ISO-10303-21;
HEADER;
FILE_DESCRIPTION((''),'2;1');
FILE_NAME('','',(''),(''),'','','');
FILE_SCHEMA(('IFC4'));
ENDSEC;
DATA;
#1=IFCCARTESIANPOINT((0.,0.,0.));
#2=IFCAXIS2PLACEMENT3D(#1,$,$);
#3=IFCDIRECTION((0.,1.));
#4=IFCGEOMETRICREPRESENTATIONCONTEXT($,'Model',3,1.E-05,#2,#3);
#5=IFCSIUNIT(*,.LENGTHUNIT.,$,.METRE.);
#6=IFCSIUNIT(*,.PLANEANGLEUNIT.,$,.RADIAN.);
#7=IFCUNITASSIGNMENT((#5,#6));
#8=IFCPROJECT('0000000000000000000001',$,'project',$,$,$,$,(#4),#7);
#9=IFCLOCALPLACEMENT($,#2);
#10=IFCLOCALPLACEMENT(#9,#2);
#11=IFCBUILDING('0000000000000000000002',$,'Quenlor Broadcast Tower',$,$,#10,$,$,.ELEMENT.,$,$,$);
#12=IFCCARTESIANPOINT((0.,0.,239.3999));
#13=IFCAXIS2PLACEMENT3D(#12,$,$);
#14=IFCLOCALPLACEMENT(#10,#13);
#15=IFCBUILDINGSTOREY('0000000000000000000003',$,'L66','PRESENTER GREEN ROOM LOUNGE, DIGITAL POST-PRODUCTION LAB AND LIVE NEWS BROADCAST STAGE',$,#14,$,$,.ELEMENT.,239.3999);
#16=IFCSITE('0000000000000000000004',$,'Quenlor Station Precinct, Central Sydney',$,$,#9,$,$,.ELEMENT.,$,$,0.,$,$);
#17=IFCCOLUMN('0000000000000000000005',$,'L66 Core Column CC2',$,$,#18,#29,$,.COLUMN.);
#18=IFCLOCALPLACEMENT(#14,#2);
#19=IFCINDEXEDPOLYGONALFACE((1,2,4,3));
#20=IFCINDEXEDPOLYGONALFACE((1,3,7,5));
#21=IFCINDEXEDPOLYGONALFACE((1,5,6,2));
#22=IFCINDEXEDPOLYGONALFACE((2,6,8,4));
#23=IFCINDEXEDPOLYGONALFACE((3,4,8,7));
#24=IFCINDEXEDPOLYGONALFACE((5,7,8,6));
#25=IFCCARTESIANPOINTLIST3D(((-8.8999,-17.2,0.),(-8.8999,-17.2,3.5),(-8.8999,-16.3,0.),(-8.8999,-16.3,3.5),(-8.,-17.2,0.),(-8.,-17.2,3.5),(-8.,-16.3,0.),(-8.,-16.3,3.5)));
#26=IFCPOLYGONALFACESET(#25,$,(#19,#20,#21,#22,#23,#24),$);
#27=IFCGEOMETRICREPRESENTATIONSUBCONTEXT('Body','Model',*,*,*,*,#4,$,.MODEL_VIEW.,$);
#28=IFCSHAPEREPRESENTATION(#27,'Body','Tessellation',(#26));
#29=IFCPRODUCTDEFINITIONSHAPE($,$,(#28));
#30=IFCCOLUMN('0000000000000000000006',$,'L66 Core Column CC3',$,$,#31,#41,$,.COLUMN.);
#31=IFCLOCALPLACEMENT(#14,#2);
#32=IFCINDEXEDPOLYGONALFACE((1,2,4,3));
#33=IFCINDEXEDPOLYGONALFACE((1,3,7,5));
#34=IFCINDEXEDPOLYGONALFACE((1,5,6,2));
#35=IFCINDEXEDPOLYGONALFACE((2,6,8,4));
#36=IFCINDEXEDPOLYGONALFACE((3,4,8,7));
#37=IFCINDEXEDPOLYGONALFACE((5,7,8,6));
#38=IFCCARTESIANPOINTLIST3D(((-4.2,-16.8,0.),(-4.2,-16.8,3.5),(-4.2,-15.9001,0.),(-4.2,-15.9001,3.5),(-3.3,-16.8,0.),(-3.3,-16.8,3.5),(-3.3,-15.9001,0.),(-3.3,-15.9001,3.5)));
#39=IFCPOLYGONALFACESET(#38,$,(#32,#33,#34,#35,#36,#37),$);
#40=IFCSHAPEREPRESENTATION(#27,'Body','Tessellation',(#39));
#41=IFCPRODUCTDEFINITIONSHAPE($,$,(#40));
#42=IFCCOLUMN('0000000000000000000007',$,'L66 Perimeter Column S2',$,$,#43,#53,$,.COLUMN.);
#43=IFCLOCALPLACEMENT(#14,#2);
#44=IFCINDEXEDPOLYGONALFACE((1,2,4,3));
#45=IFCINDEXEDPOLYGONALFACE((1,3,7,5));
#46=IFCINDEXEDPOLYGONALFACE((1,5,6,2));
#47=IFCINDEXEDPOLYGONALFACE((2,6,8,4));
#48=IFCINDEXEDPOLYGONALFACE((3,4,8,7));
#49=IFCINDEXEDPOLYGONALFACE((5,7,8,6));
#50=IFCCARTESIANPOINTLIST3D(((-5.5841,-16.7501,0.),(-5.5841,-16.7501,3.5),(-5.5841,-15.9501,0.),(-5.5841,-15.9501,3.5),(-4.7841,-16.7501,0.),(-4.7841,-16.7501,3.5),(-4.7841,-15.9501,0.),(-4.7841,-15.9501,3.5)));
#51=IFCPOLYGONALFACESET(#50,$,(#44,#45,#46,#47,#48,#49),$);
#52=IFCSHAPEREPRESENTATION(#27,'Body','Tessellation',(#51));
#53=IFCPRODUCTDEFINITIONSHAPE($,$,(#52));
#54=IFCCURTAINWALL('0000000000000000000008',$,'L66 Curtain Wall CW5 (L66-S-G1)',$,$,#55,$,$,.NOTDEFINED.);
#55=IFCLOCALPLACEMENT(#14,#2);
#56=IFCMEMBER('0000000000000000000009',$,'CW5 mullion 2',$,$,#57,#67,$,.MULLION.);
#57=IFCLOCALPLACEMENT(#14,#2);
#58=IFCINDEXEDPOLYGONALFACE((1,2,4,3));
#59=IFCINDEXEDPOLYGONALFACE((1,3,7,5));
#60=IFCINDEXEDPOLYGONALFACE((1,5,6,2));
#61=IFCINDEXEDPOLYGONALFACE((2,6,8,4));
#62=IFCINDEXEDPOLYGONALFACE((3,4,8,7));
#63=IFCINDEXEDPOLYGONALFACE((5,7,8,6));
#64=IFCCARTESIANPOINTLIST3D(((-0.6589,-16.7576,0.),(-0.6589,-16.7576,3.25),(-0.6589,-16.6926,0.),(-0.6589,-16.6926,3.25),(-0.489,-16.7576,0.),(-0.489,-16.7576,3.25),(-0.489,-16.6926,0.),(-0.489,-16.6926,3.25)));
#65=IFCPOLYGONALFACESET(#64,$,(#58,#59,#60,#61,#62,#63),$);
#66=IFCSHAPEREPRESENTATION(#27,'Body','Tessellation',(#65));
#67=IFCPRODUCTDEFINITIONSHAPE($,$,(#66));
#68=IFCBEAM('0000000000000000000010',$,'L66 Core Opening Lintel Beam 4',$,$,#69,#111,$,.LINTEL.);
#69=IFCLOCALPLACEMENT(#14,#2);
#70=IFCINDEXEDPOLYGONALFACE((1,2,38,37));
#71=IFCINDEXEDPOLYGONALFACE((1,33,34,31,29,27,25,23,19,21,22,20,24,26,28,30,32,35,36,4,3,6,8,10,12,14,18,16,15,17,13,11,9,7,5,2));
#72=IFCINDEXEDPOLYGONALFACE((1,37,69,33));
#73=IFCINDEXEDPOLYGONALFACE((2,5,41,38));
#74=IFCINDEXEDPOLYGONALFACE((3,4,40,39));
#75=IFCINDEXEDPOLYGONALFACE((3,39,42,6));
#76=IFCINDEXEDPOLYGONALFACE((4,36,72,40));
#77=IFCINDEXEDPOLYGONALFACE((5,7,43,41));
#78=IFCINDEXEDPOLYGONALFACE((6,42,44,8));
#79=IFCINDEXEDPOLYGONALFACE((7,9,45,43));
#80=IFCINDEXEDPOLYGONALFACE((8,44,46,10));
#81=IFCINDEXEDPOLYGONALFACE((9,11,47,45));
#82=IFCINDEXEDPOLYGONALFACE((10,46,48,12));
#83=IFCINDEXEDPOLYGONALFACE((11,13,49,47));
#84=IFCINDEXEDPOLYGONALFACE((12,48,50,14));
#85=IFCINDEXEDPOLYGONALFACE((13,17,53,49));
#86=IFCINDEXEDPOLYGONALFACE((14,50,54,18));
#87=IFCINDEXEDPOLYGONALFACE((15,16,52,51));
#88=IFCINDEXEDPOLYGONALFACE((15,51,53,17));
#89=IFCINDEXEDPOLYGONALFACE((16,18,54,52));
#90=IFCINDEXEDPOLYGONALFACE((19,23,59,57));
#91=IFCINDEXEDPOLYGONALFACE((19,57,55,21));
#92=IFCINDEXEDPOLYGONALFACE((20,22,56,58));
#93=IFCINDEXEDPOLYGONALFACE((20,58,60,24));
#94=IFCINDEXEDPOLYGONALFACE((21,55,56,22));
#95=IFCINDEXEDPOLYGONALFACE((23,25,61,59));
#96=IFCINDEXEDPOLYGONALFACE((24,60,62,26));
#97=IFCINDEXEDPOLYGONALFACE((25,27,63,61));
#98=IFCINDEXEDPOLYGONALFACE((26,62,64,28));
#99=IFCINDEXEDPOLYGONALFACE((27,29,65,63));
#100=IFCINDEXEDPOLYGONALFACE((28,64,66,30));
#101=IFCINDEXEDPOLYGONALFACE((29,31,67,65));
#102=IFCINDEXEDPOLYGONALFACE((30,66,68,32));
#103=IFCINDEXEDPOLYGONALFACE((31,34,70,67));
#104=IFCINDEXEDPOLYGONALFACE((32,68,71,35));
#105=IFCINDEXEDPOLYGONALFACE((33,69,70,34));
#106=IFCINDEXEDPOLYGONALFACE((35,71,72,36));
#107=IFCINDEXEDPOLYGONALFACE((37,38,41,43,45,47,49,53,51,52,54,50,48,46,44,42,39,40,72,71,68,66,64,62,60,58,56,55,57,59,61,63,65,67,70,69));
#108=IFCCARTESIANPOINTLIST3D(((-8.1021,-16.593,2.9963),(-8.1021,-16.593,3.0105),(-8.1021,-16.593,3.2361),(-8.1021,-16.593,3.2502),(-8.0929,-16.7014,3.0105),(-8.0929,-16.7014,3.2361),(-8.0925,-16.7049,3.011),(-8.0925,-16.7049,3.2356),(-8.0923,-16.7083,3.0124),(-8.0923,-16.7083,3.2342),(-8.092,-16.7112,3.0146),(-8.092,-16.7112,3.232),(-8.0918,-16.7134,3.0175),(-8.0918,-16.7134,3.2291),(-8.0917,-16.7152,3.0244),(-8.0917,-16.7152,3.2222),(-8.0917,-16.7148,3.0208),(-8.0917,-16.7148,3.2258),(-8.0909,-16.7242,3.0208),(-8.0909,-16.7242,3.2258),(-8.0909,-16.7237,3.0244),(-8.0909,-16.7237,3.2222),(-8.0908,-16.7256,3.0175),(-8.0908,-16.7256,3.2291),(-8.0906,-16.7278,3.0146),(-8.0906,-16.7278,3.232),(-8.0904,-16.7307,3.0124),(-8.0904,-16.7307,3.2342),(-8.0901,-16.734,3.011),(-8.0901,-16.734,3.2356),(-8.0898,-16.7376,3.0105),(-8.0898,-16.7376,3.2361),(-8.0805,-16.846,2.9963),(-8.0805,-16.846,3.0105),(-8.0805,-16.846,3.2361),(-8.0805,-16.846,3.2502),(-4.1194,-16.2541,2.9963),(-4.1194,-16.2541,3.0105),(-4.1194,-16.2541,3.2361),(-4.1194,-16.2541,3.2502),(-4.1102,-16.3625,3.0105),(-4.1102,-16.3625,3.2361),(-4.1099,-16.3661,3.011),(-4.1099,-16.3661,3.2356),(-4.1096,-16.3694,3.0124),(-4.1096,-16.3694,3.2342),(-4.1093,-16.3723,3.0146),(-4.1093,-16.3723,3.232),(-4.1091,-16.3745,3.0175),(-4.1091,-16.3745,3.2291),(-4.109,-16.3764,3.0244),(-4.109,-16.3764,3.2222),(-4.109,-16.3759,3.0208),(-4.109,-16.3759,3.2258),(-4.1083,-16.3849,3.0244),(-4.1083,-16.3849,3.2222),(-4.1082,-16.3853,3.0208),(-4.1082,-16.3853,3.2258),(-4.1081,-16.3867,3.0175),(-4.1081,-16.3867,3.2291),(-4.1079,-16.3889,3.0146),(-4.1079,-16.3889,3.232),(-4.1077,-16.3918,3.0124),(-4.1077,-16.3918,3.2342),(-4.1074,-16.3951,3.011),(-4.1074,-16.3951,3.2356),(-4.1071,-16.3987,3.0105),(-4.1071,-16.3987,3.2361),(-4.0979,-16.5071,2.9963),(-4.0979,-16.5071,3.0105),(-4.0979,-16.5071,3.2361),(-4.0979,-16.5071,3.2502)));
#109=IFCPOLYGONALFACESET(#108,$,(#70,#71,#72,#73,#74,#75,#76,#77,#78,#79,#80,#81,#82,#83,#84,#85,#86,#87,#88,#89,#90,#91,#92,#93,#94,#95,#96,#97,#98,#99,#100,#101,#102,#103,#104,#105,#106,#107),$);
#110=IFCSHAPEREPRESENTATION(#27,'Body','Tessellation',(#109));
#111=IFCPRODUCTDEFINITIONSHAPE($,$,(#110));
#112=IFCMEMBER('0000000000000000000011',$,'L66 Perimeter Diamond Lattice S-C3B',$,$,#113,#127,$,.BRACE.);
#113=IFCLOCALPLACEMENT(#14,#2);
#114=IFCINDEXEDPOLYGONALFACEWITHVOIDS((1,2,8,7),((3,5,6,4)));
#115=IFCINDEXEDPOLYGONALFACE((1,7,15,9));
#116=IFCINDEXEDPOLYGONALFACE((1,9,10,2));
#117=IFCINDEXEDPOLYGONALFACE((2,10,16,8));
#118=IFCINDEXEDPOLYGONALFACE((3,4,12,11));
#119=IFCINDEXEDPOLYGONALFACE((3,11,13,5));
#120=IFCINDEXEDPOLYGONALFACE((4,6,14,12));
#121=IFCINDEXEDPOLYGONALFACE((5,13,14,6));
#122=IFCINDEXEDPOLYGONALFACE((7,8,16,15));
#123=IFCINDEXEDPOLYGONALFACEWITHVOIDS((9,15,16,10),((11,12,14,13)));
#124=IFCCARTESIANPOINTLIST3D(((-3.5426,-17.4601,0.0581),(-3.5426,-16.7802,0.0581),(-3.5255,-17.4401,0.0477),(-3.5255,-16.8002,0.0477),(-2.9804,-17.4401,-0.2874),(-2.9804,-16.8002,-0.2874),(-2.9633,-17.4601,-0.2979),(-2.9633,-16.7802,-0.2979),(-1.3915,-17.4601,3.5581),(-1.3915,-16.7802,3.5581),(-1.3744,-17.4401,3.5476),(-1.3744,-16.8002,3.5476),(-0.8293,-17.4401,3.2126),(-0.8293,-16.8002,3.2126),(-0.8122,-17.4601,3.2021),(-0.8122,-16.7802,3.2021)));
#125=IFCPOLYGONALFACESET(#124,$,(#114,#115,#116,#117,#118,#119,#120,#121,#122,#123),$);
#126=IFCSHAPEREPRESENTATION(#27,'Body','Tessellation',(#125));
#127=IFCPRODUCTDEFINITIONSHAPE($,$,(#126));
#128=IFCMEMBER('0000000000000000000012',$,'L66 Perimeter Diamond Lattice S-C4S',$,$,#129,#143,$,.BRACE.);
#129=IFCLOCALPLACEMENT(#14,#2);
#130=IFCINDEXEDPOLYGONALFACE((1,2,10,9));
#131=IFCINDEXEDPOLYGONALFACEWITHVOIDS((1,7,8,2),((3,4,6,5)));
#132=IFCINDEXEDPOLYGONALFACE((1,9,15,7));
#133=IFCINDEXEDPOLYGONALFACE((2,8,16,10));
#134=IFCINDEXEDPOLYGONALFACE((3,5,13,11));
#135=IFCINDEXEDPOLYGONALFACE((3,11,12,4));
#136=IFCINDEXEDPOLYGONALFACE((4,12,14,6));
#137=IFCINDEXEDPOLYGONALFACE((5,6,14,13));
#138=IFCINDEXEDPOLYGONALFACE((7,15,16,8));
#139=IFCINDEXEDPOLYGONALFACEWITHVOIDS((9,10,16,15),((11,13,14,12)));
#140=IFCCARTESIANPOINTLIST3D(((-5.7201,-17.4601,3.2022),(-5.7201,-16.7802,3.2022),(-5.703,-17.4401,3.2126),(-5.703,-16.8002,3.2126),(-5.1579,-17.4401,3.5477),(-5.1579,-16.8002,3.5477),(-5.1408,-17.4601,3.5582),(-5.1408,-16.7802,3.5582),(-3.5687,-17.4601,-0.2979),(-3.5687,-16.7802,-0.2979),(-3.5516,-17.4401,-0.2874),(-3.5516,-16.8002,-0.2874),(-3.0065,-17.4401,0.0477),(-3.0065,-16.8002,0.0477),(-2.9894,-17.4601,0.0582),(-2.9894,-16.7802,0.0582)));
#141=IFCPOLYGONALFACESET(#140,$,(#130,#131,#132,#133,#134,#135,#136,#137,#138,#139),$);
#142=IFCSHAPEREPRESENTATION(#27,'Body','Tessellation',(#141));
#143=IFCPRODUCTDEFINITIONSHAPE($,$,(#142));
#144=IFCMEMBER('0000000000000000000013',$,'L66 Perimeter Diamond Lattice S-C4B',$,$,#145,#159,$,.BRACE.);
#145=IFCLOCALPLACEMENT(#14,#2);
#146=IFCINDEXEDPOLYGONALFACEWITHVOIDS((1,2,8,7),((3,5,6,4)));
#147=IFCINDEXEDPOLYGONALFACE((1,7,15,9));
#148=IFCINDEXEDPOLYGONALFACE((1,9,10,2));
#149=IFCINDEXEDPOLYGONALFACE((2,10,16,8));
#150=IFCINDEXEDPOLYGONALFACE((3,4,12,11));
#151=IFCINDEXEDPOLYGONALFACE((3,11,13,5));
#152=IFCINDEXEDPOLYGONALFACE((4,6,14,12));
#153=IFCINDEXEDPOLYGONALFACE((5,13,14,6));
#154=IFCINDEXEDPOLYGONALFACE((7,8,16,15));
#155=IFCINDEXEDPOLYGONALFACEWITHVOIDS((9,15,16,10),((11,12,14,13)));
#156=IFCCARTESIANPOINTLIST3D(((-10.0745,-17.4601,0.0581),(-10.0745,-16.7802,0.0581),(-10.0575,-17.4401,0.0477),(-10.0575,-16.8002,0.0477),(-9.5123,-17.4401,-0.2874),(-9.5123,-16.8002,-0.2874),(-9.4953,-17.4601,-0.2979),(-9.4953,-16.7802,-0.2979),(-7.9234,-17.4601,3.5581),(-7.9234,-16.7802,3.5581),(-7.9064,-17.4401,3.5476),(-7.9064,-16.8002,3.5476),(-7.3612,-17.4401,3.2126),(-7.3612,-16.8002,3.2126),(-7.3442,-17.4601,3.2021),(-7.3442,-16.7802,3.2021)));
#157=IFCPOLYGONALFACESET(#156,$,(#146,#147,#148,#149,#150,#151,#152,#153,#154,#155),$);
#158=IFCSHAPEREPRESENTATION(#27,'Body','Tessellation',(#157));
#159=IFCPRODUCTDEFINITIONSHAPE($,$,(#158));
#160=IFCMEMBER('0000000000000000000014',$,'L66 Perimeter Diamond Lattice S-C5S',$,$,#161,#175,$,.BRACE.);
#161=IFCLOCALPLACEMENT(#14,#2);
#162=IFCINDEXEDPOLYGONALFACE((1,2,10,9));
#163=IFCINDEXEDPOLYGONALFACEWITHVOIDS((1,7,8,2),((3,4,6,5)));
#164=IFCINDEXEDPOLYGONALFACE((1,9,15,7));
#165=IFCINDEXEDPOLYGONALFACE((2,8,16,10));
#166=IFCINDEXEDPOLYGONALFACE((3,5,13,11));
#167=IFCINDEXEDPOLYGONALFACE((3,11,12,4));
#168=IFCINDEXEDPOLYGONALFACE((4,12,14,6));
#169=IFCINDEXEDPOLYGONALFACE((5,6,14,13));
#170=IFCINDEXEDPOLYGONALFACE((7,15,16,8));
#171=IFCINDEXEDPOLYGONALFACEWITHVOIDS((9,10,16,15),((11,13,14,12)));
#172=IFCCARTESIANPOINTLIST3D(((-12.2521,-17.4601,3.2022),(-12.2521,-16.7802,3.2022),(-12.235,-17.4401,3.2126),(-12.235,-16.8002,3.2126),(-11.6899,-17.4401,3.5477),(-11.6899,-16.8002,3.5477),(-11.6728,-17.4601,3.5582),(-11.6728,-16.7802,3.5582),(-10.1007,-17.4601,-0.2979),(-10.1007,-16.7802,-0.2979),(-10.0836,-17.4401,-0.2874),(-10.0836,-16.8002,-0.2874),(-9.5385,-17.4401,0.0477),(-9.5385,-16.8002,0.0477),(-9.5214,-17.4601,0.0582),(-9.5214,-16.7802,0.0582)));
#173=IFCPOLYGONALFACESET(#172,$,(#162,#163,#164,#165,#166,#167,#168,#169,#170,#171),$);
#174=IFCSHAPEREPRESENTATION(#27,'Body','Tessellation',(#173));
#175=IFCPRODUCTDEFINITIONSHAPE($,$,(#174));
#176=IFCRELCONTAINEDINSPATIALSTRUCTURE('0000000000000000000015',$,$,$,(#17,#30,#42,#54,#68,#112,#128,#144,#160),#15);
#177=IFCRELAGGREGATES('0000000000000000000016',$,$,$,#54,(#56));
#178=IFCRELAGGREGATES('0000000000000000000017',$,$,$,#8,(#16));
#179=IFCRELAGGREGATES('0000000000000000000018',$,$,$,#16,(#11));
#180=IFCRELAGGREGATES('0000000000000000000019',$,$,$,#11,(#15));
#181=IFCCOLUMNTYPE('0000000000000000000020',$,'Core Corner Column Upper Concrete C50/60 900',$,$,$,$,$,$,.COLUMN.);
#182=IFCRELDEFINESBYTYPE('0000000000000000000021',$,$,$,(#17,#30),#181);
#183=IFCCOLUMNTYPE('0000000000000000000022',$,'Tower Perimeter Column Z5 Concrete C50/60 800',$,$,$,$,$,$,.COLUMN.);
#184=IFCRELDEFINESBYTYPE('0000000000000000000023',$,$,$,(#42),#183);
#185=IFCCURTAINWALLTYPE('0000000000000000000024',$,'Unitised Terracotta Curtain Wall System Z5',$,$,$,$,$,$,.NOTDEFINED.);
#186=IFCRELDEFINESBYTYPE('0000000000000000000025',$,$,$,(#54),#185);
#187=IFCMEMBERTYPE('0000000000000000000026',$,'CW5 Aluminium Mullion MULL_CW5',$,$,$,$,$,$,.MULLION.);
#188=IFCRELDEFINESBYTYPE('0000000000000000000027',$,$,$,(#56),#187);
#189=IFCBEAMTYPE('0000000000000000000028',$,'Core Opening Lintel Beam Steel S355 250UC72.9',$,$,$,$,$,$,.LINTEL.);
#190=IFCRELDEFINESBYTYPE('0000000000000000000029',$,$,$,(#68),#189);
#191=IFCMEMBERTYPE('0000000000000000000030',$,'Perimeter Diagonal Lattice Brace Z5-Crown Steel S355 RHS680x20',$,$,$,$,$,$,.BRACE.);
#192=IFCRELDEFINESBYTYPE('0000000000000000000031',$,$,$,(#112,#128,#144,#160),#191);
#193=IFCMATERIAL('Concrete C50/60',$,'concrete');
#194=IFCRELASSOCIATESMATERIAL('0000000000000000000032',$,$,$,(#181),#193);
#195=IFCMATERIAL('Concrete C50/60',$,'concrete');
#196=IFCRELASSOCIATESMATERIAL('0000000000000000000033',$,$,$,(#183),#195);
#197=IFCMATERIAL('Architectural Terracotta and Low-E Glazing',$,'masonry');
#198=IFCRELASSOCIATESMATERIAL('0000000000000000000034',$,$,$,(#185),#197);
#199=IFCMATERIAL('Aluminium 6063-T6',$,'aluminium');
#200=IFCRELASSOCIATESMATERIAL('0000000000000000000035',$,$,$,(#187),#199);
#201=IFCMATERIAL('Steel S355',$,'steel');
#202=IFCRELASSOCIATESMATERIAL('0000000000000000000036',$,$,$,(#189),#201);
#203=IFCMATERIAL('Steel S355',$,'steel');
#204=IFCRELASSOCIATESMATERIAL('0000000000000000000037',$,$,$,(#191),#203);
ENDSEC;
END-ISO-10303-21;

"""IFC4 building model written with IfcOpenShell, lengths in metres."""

from ifc_helpers import new_model, si_unit, direction, frame, origin, origin_2d, place, context, subcontext, project, spatial, rectangle, hollow_rectangle, i_section, extrude, material, material_profile, profile_set, type_object, element, aggregate, save


model = new_model("IFC4")

# Units and contexts
model_context = context("Model", 3, precision=1e-05, world=origin(), true_north=direction((0.0, 1.0)))
body_context = subcontext(model_context, "Body", "Model", "MODEL_VIEW")
ifc_project = project(units=[si_unit("LENGTHUNIT", "METRE"), si_unit("PLANEANGLEUNIT", "RADIAN")], contexts=[model_context])

# Site, building, storey
site_placement = place(None, origin())
site = spatial("IfcSite", under=ifc_project, at=site_placement, Name="Quenlor Station Precinct, Central Sydney", CompositionType="ELEMENT", RefElevation=0.0)
building_placement = place(site_placement, origin())
building = spatial("IfcBuilding", under=site, at=building_placement, Name="Quenlor Broadcast Tower", CompositionType="ELEMENT")
storey_placement = place(building_placement, frame((0.0, 0.0, 239.3999)))
storey = spatial("IfcBuildingStorey", under=building, at=storey_placement, Name="L66", Description="PRESENTER GREEN ROOM LOUNGE, DIGITAL POST-PRODUCTION LAB AND LIVE NEWS BROADCAST STAGE", CompositionType="ELEMENT", Elevation=239.3999)

# Columns
ifc_material_1 = material(Name="Concrete C50/60", Category="concrete")
ifc_material_profile_1 = material_profile(ifc_material_1, rectangle(XDim=0.8999, YDim=0.8999, at=origin_2d()))
ifc_profile_set_1 = profile_set([ifc_material_profile_1], Name="Concrete C50/60 RC900x900")
column_type_1 = type_object("IfcColumnType", Name="Core Corner Column Upper Concrete C50/60 900", PredefinedType="COLUMN", material=ifc_profile_set_1)
for number, where, z_axis, x_axis, name in (
    (1, (-8.45, -16.75, 0.0), (0.0, 0.0, 1.0), (1.0, 0.0, 0.0), "L66 Core Column CC2"),
    (2, (-3.75, -16.3501, 0.0), (0.0, 0.0, 1.0), (1.0, 0.0, 0.0), "L66 Core Column CC3"),
):
    element("IfcColumn", number, at=place(storey_placement, frame(where, z_axis=z_axis, x_axis=x_axis)), inside=storey, type_object=column_type_1, Name=name, PredefinedType="COLUMN", context=body_context, shape_type="SweptSolid", body=[
        extrude(rectangle(XDim=0.8999, YDim=0.8999, at=origin_2d()), origin(), (0.0, 0.0, 1.0), 3.5),
    ])
ifc_material_2 = material(Name="Concrete C50/60", Category="concrete")
ifc_material_profile_2 = material_profile(ifc_material_2, rectangle(XDim=0.8, YDim=0.8, at=origin_2d()))
ifc_profile_set_2 = profile_set([ifc_material_profile_2], Name="Concrete C50/60 RC800x800")
column_type_2 = type_object("IfcColumnType", Name="Tower Perimeter Column Z5 Concrete C50/60 800", PredefinedType="COLUMN", material=ifc_profile_set_2)
column_placement = place(storey_placement, frame((-5.1841, -16.3501, 0.0), z_axis=(0.0, 0.0, 1.0), x_axis=(0.0, 1.0, 0.0)))
element("IfcColumn", 3, at=column_placement, inside=storey, type_object=column_type_2, Name="L66 Perimeter Column S2", PredefinedType="COLUMN", context=body_context, shape_type="SweptSolid", body=[
    extrude(rectangle(XDim=0.8, YDim=0.8, at=origin_2d()), origin(), (0.0, 0.0, 1.0), 3.5),
])

# Curtain wall, member
ifc_material_3 = material(Name="Architectural Terracotta and Low-E Glazing", Category="masonry")
curtain_wall_type = type_object("IfcCurtainWallType", Name="Unitised Terracotta Curtain Wall System Z5", PredefinedType="NOTDEFINED", material=ifc_material_3)
curtain_wall_placement = place(storey_placement, origin())
curtain_wall = element("IfcCurtainWall", 4, at=curtain_wall_placement, inside=storey, type_object=curtain_wall_type, Name="L66 Curtain Wall CW5 (L66-S-G1)", PredefinedType="NOTDEFINED")
ifc_material_4 = material(Name="Aluminium 6063-T6", Category="aluminium")
ifc_material_profile_3 = material_profile(ifc_material_4, rectangle(XDim=0.0649, YDim=0.1699, at=origin_2d()))
ifc_profile_set_3 = profile_set([ifc_material_profile_3], Name="Aluminium 6063-T6 MULL65x170")
member_type_1 = type_object("IfcMemberType", Name="CW5 Aluminium Mullion MULL_CW5", PredefinedType="MULLION", material=ifc_profile_set_3)
member_1_placement = place(storey_placement, frame((-0.574, -16.7251, 0.0), z_axis=(0.0, 0.0, 1.0), x_axis=(0.0, -1.0, 0.0)))
member_1 = element("IfcMember", 5, at=member_1_placement, type_object=member_type_1, Name="CW5 mullion 2", PredefinedType="MULLION", context=body_context, shape_type="SweptSolid", body=[
    extrude(rectangle(XDim=0.0649, YDim=0.1699, at=origin_2d()), origin(), (0.0, 0.0, 1.0), 3.25),
])

# Beam
ifc_material_5 = material(Name="Steel S355", Category="steel")
ifc_material_profile_4 = material_profile(ifc_material_5, i_section(OverallWidth=0.2539, OverallDepth=0.2539, WebThickness=0.0085, FlangeThickness=0.0142, FilletRadius=0.0139, at=origin_2d()))
ifc_profile_set_4 = profile_set([ifc_material_profile_4], Name="Steel S355 250UC72.9")
beam_type_1 = type_object("IfcBeamType", Name="Core Opening Lintel Beam Steel S355 250UC72.9", PredefinedType="LINTEL", material=ifc_profile_set_4)
beam_1_placement = place(storey_placement, frame((-8.0913, -16.7195, 3.1233), z_axis=(0.9964, 0.084779, 0.0), x_axis=(-0.084779, 0.9964, 0.0)))
element("IfcBeam", 6, at=beam_1_placement, inside=storey, type_object=beam_type_1, Name="L66 Core Opening Lintel Beam 4", PredefinedType="LINTEL", context=body_context, shape_type="SweptSolid", body=[
    extrude(i_section(OverallWidth=0.2539, OverallDepth=0.2539, WebThickness=0.0085, FlangeThickness=0.0142, FilletRadius=0.0139, at=origin_2d()), origin(), (0.0, 0.0, 1.0), 3.9971),
])

# Members
ifc_material_6 = material(Name="Steel S355", Category="steel")
ifc_material_profile_5 = material_profile(ifc_material_6, hollow_rectangle(XDim=0.6799, YDim=0.6799, WallThickness=0.02, at=origin_2d()))
ifc_profile_set_5 = profile_set([ifc_material_profile_5], Name="Steel S355 RHS680x680x20")
member_type_2 = type_object("IfcMemberType", Name="Perimeter Diagonal Lattice Brace Z5-Crown Steel S355 RHS680x20", PredefinedType="BRACE", material=ifc_profile_set_5)
member_2_placement = place(storey_placement, frame((-3.2529, -17.1201, -0.1199), z_axis=(0.523617, 0.0, 0.851954), x_axis=(0.0, 1.0, 0.0)))
element("IfcMember", 7, at=member_2_placement, inside=storey, type_object=member_type_2, Name="L66 Perimeter Diamond Lattice S-C3B", PredefinedType="BRACE", context=body_context, shape_type="SweptSolid", body=[
    extrude(hollow_rectangle(XDim=0.6799, YDim=0.6799, WallThickness=0.02, at=origin_2d()), origin(), (0.0, 0.0, 1.0), 4.1082),
])
member_3_placement = place(storey_placement, frame((-3.2791, -17.1201, -0.1199), z_axis=(-0.52366, 0.0, 0.851928), x_axis=(0.0, -1.0, 0.0)))
element("IfcMember", 8, at=member_3_placement, inside=storey, type_object=member_type_2, Name="L66 Perimeter Diamond Lattice S-C4S", PredefinedType="BRACE", context=body_context, shape_type="SweptSolid", body=[
    extrude(hollow_rectangle(XDim=0.6799, YDim=0.6799, WallThickness=0.02, at=origin_2d()), origin(), (0.0, 0.0, 1.0), 4.1084),
])
member_4_placement = place(storey_placement, frame((-9.7849, -17.1201, -0.1199), z_axis=(0.523617, 0.0, 0.851954), x_axis=(0.0, 1.0, 0.0)))
element("IfcMember", 9, at=member_4_placement, inside=storey, type_object=member_type_2, Name="L66 Perimeter Diamond Lattice S-C4B", PredefinedType="BRACE", context=body_context, shape_type="SweptSolid", body=[
    extrude(hollow_rectangle(XDim=0.6799, YDim=0.6799, WallThickness=0.02, at=origin_2d()), origin(), (0.0, 0.0, 1.0), 4.1082),
])
member_5_placement = place(storey_placement, frame((-9.811, -17.1201, -0.1199), z_axis=(-0.52366, 0.0, 0.851928), x_axis=(0.0, -1.0, 0.0)))
element("IfcMember", 10, at=member_5_placement, inside=storey, type_object=member_type_2, Name="L66 Perimeter Diamond Lattice S-C5S", PredefinedType="BRACE", context=body_context, shape_type="SweptSolid", body=[
    extrude(hollow_rectangle(XDim=0.6799, YDim=0.6799, WallThickness=0.02, at=origin_2d()), origin(), (0.0, 0.0, 1.0), 4.1084),
])

aggregate(curtain_wall, [member_1])

save(model, "model.ifc")
